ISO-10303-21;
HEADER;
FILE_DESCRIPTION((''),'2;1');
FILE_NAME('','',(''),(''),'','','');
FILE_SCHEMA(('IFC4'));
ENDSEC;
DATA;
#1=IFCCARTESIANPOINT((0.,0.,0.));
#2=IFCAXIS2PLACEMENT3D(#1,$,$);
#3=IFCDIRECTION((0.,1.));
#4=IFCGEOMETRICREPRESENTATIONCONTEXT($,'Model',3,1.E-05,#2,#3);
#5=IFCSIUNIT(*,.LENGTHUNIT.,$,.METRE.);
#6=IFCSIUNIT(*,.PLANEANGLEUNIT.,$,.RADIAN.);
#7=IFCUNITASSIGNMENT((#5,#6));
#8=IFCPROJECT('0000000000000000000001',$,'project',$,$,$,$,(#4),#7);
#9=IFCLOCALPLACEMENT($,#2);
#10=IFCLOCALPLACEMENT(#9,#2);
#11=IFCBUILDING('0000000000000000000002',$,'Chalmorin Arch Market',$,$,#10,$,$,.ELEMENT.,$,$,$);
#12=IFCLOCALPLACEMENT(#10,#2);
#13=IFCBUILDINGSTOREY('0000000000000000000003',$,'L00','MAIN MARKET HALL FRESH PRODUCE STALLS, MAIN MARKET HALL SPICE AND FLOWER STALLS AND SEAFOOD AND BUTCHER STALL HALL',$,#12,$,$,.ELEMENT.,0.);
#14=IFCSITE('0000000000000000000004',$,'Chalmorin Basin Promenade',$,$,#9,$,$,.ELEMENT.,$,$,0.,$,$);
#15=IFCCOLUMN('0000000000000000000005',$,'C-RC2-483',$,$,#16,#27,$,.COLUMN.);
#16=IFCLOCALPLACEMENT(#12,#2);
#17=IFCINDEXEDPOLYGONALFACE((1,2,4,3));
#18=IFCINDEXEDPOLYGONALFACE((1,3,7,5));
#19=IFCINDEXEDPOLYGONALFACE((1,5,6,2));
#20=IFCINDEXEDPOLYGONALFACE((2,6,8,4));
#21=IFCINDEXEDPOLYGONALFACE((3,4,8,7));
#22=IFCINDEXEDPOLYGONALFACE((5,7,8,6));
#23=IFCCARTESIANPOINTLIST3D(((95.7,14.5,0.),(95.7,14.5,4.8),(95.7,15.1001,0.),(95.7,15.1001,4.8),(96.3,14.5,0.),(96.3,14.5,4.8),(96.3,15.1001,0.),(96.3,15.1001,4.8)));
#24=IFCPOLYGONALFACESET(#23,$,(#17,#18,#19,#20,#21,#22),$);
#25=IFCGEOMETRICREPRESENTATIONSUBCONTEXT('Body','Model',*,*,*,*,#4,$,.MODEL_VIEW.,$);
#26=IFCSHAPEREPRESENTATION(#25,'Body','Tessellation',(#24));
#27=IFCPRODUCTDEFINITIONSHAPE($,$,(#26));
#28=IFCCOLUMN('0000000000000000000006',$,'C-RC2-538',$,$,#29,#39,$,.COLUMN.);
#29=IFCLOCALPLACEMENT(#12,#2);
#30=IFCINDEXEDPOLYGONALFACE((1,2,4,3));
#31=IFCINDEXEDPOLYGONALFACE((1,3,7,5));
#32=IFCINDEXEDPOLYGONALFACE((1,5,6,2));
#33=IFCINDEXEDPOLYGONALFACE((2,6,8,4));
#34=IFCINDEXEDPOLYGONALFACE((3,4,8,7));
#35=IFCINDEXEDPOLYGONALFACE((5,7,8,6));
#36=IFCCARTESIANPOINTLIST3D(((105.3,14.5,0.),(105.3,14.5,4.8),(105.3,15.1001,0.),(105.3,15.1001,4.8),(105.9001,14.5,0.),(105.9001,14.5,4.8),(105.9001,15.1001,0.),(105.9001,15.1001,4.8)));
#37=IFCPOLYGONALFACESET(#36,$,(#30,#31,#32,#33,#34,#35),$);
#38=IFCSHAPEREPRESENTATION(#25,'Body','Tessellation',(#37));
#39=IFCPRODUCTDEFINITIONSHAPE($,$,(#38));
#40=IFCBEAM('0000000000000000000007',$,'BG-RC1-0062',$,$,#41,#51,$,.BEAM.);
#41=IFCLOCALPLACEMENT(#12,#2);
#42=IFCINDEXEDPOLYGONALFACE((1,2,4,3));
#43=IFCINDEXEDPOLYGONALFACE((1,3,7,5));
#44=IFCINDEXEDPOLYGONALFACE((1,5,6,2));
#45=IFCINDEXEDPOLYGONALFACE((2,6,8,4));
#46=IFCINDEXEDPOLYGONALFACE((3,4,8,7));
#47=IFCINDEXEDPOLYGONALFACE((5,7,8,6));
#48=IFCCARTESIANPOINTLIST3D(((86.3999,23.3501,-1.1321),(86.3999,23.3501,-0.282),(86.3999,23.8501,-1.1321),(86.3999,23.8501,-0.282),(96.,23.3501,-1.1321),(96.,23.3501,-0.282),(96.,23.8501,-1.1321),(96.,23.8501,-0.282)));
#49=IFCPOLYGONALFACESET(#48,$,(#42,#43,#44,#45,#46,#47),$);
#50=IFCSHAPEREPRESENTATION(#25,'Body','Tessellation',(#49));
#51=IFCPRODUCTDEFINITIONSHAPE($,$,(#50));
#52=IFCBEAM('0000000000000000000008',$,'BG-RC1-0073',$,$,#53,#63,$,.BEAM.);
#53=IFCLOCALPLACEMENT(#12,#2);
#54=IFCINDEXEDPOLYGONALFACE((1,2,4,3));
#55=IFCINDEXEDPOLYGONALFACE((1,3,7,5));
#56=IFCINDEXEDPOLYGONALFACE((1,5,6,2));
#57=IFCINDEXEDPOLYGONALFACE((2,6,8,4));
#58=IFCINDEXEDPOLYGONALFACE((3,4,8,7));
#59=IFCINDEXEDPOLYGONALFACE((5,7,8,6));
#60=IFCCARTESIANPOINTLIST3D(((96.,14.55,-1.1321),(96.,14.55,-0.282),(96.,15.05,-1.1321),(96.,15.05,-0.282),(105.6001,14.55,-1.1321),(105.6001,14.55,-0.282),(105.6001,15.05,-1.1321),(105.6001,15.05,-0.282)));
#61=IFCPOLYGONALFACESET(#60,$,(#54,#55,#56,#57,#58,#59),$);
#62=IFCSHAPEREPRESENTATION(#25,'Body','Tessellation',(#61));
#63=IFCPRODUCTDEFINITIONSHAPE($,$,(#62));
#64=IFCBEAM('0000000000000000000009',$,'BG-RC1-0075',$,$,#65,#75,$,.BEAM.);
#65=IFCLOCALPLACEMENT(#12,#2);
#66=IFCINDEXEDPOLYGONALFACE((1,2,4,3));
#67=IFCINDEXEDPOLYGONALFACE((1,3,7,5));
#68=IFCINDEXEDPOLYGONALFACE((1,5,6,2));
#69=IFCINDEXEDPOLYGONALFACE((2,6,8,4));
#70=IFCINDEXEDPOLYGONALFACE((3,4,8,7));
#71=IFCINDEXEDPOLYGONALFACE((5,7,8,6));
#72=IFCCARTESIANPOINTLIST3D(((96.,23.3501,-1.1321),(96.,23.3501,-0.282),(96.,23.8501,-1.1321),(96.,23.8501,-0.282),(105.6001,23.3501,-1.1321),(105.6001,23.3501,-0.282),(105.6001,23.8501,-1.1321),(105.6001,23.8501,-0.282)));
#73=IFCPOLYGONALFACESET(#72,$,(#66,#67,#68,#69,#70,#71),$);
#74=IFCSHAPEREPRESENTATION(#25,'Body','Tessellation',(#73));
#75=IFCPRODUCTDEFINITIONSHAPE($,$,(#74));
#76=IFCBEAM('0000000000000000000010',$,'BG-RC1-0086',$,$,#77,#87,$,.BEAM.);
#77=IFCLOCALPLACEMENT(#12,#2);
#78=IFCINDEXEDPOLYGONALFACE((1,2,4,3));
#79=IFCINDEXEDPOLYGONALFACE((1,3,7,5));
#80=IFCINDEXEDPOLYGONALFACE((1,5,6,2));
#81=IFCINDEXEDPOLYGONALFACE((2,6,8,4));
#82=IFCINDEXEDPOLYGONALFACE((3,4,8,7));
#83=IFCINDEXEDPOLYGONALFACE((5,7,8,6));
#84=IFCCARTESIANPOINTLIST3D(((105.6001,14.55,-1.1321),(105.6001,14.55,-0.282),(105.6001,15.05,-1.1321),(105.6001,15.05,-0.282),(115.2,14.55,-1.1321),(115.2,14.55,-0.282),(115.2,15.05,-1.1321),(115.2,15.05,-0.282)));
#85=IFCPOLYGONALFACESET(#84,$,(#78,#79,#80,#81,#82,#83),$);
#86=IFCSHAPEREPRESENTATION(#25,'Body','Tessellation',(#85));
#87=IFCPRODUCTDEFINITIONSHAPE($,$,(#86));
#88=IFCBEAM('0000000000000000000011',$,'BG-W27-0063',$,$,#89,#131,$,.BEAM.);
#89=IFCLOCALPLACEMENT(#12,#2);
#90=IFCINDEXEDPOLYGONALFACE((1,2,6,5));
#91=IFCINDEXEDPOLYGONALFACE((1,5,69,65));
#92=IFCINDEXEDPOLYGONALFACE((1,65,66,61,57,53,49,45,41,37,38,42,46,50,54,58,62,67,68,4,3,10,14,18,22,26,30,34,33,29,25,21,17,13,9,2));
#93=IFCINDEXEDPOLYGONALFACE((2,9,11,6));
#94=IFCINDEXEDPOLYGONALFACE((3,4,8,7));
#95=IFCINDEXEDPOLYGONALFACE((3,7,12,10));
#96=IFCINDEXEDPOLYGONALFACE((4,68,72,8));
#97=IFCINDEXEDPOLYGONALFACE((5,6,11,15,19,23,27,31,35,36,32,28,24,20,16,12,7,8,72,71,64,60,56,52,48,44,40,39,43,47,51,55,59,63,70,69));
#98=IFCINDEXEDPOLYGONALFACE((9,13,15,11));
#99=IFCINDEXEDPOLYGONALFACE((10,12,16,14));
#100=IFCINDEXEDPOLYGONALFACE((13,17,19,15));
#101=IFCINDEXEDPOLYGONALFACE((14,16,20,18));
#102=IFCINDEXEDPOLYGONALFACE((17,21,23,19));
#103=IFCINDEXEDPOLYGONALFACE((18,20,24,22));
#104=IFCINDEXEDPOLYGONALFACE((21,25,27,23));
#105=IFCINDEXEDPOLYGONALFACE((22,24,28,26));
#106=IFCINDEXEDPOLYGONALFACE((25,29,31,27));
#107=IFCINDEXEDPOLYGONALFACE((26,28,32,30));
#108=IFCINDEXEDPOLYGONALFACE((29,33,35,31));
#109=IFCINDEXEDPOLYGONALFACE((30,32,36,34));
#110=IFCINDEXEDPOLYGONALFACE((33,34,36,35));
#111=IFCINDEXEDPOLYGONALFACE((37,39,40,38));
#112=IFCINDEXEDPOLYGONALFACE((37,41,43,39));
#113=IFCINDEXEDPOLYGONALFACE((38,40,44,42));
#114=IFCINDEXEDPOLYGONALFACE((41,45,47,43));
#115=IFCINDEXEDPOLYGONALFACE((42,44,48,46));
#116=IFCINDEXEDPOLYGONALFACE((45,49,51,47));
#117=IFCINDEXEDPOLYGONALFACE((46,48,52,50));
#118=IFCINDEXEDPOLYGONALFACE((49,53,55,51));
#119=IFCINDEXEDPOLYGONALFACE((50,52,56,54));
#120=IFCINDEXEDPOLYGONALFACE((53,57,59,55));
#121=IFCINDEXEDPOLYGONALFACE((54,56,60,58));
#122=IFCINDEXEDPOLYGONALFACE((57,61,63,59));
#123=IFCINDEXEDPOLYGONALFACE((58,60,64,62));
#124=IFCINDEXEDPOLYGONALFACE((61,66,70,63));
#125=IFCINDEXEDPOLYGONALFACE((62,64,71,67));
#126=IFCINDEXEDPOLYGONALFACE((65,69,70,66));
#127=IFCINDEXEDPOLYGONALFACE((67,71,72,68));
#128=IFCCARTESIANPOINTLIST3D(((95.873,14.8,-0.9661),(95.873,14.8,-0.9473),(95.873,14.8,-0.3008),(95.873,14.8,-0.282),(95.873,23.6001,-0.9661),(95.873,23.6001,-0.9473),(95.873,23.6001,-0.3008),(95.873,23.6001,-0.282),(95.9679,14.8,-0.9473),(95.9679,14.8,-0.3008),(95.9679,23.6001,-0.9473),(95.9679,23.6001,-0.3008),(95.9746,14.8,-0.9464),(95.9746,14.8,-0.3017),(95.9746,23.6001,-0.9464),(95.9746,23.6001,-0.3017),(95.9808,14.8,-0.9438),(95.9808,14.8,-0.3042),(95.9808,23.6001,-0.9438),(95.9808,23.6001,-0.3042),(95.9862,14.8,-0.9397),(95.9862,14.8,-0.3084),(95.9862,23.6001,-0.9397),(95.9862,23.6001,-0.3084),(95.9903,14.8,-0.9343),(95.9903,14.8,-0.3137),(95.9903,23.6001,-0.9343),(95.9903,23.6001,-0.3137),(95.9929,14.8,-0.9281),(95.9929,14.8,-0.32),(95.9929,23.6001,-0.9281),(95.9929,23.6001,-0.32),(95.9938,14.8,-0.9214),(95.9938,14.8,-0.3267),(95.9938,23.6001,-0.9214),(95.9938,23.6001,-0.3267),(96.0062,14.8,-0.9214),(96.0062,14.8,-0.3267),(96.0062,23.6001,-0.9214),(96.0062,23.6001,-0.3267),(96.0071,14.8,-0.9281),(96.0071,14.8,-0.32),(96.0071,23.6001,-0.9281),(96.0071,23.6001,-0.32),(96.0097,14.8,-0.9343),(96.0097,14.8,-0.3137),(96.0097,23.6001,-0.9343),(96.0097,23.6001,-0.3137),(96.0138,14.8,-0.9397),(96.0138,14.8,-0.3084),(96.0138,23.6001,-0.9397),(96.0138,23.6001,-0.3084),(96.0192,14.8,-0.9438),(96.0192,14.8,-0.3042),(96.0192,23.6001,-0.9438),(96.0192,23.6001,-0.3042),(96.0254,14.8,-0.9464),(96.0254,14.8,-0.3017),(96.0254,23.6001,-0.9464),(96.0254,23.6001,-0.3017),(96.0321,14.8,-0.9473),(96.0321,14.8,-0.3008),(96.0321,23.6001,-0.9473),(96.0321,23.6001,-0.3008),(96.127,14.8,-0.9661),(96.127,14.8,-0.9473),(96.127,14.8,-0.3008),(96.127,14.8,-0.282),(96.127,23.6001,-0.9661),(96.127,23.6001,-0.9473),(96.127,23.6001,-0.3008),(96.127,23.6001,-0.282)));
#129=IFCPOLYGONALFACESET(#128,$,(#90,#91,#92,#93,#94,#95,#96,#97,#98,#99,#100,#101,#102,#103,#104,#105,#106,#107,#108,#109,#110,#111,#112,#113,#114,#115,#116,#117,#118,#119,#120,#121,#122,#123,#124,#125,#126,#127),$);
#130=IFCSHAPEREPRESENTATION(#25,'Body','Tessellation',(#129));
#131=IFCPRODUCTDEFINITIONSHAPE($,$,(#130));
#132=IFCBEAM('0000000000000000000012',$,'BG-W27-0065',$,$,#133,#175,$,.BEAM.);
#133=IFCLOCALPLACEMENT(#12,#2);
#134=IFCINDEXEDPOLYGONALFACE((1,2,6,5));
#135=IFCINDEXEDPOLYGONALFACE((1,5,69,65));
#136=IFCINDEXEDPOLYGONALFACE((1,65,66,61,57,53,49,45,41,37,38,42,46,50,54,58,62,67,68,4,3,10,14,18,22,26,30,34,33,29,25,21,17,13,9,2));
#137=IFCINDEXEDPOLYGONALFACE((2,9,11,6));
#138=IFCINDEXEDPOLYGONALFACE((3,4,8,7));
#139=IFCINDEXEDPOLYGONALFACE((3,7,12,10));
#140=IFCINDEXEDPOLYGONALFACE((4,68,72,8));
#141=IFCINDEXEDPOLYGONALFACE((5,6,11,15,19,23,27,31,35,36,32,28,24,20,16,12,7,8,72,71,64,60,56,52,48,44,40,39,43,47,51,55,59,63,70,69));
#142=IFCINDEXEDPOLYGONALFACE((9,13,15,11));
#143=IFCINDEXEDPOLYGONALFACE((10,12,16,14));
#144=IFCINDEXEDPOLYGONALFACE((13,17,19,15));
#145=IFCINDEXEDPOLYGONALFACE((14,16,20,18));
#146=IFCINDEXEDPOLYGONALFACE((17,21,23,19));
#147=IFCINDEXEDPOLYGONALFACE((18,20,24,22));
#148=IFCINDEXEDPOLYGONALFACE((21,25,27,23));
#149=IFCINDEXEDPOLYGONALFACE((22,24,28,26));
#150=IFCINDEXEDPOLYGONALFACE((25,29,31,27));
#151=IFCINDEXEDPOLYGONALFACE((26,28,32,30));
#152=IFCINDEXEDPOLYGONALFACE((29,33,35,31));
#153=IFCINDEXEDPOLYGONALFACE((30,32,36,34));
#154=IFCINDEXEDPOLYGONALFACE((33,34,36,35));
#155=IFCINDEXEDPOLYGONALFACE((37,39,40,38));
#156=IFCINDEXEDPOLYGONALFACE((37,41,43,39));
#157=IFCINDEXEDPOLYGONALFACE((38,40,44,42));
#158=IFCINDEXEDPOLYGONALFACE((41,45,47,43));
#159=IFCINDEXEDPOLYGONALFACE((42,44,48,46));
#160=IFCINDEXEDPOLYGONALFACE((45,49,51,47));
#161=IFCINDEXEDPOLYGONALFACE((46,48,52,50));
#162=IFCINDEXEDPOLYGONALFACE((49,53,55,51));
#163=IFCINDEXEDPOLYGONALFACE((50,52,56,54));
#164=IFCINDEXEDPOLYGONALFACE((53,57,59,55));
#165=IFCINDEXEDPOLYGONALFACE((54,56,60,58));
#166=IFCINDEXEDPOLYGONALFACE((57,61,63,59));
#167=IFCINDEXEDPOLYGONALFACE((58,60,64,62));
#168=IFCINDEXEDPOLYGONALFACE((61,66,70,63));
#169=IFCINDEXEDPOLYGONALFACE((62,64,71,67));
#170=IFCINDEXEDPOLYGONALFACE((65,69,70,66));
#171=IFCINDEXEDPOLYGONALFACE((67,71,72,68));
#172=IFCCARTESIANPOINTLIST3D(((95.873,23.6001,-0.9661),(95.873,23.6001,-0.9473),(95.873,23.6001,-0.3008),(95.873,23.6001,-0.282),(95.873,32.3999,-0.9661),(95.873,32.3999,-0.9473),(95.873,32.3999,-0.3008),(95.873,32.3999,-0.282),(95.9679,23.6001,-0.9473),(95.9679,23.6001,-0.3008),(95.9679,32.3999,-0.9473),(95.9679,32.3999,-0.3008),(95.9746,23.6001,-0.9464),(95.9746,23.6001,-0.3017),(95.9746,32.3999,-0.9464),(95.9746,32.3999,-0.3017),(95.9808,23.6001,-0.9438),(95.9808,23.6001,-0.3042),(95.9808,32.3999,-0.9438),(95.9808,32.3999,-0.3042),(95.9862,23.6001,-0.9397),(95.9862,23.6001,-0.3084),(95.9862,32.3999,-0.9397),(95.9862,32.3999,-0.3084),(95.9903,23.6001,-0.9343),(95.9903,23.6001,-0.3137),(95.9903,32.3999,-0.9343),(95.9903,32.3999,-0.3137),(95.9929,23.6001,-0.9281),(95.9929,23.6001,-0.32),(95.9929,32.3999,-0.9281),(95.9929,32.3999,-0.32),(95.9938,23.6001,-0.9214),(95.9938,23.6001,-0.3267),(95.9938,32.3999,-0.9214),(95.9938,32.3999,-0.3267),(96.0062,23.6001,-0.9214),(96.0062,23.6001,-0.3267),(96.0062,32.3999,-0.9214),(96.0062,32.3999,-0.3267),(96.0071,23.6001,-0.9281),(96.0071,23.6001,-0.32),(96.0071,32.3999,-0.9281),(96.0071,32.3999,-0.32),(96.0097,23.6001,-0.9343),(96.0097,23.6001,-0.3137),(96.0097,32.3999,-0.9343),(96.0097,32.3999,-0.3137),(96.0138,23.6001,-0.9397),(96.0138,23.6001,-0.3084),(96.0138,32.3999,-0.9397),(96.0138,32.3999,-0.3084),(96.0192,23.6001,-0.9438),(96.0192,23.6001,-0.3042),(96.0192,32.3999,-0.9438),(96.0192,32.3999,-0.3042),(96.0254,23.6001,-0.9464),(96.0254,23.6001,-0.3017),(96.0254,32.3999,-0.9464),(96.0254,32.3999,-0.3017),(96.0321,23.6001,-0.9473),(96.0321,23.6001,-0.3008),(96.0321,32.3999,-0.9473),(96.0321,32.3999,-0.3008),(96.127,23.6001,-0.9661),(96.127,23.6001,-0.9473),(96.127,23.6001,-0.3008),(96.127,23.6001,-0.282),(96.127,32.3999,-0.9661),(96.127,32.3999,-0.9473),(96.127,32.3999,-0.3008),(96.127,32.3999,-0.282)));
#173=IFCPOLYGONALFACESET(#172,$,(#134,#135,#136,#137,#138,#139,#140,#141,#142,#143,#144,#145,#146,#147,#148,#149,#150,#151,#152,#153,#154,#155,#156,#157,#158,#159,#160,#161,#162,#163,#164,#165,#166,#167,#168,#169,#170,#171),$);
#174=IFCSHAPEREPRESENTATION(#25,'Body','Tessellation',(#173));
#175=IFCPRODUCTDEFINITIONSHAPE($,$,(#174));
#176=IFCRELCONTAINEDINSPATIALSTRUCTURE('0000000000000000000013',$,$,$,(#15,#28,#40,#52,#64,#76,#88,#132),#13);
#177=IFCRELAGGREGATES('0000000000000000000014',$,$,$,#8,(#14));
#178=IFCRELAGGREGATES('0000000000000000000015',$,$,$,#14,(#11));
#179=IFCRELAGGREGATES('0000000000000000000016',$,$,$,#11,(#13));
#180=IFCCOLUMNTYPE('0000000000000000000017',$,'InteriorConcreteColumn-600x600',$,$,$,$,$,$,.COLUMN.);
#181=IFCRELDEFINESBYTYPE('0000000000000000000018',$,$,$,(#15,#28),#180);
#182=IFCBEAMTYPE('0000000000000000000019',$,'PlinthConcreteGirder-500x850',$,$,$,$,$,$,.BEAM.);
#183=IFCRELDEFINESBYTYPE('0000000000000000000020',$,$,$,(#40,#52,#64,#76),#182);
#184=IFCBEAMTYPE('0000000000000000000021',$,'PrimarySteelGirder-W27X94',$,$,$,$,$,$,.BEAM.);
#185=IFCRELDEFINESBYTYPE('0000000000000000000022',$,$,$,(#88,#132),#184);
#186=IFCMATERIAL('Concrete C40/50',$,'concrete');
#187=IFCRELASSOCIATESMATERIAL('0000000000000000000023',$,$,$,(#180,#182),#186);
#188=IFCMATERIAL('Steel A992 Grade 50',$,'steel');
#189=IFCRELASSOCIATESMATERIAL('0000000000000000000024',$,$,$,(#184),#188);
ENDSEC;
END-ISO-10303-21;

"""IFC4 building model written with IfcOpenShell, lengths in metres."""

from ifc_helpers import new_model, si_unit, direction, frame, origin, origin_2d, place, context, subcontext, project, spatial, rectangle, i_section, extrude, material, material_profile, profile_set, type_object, element, save


model = new_model("IFC4")

# Units and contexts
model_context = context("Model", 3, precision=1e-05, world=origin(), true_north=direction((0.0, 1.0)))
body_context = subcontext(model_context, "Body", "Model", "MODEL_VIEW")
ifc_project = project(units=[si_unit("LENGTHUNIT", "METRE"), si_unit("PLANEANGLEUNIT", "RADIAN")], contexts=[model_context])

# Site, building, storey
site_placement = place(None, origin())
site = spatial("IfcSite", under=ifc_project, at=site_placement, Name="Chalmorin Basin Promenade", CompositionType="ELEMENT", RefElevation=0.0)
building_placement = place(site_placement, origin())
building = spatial("IfcBuilding", under=site, at=building_placement, Name="Chalmorin Arch Market", CompositionType="ELEMENT")
storey_placement = place(building_placement, origin())
storey = spatial("IfcBuildingStorey", under=building, at=storey_placement, Name="L00", Description="MAIN MARKET HALL FRESH PRODUCE STALLS, MAIN MARKET HALL SPICE AND FLOWER STALLS AND SEAFOOD AND BUTCHER STALL HALL", CompositionType="ELEMENT", Elevation=0.0)

# Columns
ifc_material_1 = material(Name="Concrete C40/50", Category="concrete")
ifc_material_profile_1 = material_profile(ifc_material_1, rectangle(XDim=0.6001, YDim=0.6001, at=origin_2d()), Name="RC600X600")
ifc_profile_set_1 = profile_set([ifc_material_profile_1], Name="Concrete C40/50")
column_type = type_object("IfcColumnType", Name="InteriorConcreteColumn-600x600", PredefinedType="COLUMN", material=ifc_profile_set_1)
for number, where, z_axis, x_axis, name in (
    (1, (96.0, 14.8, 0.0), (0.0, 0.0, 1.0), (1.0, 0.0, 0.0), "C-RC2-483"),
    (2, (105.6001, 14.8, 0.0), (0.0, 0.0, 1.0), (1.0, 0.0, 0.0), "C-RC2-538"),
):
    element("IfcColumn", number, at=place(storey_placement, frame(where, z_axis=z_axis, x_axis=x_axis)), inside=storey, type_object=column_type, Name=name, PredefinedType="COLUMN", context=body_context, shape_type="SweptSolid", body=[
        extrude(rectangle(XDim=0.6001, YDim=0.6001, at=origin_2d()), origin(), (0.0, 0.0, 1.0), 4.8),
    ])

# Beams
ifc_material_profile_2 = material_profile(ifc_material_1, rectangle(XDim=0.5, YDim=0.8501, at=origin_2d()), Name="RC500X850")
ifc_profile_set_2 = profile_set([ifc_material_profile_2], Name="Concrete C40/50")
beam_type_1 = type_object("IfcBeamType", Name="PlinthConcreteGirder-500x850", PredefinedType="BEAM", material=ifc_profile_set_2)
for number, where, z_axis, x_axis, name in (
    (3, (86.3999, 23.6001, -0.707), (1.0, 0.0, 0.0), (0.0, 1.0, 0.0), "BG-RC1-0062"),
    (4, (96.0, 14.8, -0.707), (1.0, 0.0, 0.0), (0.0, 1.0, 0.0), "BG-RC1-0073"),
    (5, (96.0, 23.6001, -0.707), (1.0, 0.0, 0.0), (0.0, 1.0, 0.0), "BG-RC1-0075"),
):
    element("IfcBeam", number, at=place(storey_placement, frame(where, z_axis=z_axis, x_axis=x_axis)), inside=storey, type_object=beam_type_1, Name=name, PredefinedType="BEAM", context=body_context, shape_type="SweptSolid", body=[
        extrude(rectangle(XDim=0.5, YDim=0.8501, at=origin_2d()), origin(), (0.0, 0.0, 1.0), 9.6001),
    ])
beam_1_placement = place(storey_placement, frame((105.6001, 14.8, -0.707), z_axis=(1.0, 0.0, 0.0), x_axis=(0.0, 1.0, 0.0)))
element("IfcBeam", 6, at=beam_1_placement, inside=storey, type_object=beam_type_1, Name="BG-RC1-0086", PredefinedType="BEAM", context=body_context, shape_type="SweptSolid", body=[
    extrude(rectangle(XDim=0.5, YDim=0.8501, at=origin_2d()), origin(), (0.0, 0.0, 1.0), 9.5999),
])
ifc_material_2 = material(Name="Steel A992 Grade 50", Category="steel")
ifc_material_profile_3 = material_profile(ifc_material_2, i_section(OverallWidth=0.2539, OverallDepth=0.6841, WebThickness=0.0125, FlangeThickness=0.0188, FilletRadius=0.0259, at=origin_2d()), Name="W27X94")
ifc_profile_set_3 = profile_set([ifc_material_profile_3], Name="Steel A992 Grade 50")
beam_type_2 = type_object("IfcBeamType", Name="PrimarySteelGirder-W27X94", PredefinedType="BEAM", material=ifc_profile_set_3)
beam_2_placement = place(storey_placement, frame((96.0, 14.8, -0.624), z_axis=(0.0, 1.0, 0.0), x_axis=(-1.0, 0.0, 0.0)))
element("IfcBeam", 7, at=beam_2_placement, inside=storey, type_object=beam_type_2, Name="BG-W27-0063", PredefinedType="BEAM", context=body_context, shape_type="SweptSolid", body=[
    extrude(i_section(OverallWidth=0.2539, OverallDepth=0.6841, WebThickness=0.0125, FlangeThickness=0.0188, FilletRadius=0.0259, at=origin_2d()), origin(), (0.0, 0.0, 1.0), 8.8),
])
beam_3_placement = place(storey_placement, frame((96.0, 23.6001, -0.624), z_axis=(0.0, 1.0, 0.0), x_axis=(-1.0, 0.0, 0.0)))
element("IfcBeam", 8, at=beam_3_placement, inside=storey, type_object=beam_type_2, Name="BG-W27-0065", PredefinedType="BEAM", context=body_context, shape_type="SweptSolid", body=[
    extrude(i_section(OverallWidth=0.2539, OverallDepth=0.6841, WebThickness=0.0125, FlangeThickness=0.0188, FilletRadius=0.0259, at=origin_2d()), origin(), (0.0, 0.0, 1.0), 8.7998),
])

save(model, "model.ifc")
